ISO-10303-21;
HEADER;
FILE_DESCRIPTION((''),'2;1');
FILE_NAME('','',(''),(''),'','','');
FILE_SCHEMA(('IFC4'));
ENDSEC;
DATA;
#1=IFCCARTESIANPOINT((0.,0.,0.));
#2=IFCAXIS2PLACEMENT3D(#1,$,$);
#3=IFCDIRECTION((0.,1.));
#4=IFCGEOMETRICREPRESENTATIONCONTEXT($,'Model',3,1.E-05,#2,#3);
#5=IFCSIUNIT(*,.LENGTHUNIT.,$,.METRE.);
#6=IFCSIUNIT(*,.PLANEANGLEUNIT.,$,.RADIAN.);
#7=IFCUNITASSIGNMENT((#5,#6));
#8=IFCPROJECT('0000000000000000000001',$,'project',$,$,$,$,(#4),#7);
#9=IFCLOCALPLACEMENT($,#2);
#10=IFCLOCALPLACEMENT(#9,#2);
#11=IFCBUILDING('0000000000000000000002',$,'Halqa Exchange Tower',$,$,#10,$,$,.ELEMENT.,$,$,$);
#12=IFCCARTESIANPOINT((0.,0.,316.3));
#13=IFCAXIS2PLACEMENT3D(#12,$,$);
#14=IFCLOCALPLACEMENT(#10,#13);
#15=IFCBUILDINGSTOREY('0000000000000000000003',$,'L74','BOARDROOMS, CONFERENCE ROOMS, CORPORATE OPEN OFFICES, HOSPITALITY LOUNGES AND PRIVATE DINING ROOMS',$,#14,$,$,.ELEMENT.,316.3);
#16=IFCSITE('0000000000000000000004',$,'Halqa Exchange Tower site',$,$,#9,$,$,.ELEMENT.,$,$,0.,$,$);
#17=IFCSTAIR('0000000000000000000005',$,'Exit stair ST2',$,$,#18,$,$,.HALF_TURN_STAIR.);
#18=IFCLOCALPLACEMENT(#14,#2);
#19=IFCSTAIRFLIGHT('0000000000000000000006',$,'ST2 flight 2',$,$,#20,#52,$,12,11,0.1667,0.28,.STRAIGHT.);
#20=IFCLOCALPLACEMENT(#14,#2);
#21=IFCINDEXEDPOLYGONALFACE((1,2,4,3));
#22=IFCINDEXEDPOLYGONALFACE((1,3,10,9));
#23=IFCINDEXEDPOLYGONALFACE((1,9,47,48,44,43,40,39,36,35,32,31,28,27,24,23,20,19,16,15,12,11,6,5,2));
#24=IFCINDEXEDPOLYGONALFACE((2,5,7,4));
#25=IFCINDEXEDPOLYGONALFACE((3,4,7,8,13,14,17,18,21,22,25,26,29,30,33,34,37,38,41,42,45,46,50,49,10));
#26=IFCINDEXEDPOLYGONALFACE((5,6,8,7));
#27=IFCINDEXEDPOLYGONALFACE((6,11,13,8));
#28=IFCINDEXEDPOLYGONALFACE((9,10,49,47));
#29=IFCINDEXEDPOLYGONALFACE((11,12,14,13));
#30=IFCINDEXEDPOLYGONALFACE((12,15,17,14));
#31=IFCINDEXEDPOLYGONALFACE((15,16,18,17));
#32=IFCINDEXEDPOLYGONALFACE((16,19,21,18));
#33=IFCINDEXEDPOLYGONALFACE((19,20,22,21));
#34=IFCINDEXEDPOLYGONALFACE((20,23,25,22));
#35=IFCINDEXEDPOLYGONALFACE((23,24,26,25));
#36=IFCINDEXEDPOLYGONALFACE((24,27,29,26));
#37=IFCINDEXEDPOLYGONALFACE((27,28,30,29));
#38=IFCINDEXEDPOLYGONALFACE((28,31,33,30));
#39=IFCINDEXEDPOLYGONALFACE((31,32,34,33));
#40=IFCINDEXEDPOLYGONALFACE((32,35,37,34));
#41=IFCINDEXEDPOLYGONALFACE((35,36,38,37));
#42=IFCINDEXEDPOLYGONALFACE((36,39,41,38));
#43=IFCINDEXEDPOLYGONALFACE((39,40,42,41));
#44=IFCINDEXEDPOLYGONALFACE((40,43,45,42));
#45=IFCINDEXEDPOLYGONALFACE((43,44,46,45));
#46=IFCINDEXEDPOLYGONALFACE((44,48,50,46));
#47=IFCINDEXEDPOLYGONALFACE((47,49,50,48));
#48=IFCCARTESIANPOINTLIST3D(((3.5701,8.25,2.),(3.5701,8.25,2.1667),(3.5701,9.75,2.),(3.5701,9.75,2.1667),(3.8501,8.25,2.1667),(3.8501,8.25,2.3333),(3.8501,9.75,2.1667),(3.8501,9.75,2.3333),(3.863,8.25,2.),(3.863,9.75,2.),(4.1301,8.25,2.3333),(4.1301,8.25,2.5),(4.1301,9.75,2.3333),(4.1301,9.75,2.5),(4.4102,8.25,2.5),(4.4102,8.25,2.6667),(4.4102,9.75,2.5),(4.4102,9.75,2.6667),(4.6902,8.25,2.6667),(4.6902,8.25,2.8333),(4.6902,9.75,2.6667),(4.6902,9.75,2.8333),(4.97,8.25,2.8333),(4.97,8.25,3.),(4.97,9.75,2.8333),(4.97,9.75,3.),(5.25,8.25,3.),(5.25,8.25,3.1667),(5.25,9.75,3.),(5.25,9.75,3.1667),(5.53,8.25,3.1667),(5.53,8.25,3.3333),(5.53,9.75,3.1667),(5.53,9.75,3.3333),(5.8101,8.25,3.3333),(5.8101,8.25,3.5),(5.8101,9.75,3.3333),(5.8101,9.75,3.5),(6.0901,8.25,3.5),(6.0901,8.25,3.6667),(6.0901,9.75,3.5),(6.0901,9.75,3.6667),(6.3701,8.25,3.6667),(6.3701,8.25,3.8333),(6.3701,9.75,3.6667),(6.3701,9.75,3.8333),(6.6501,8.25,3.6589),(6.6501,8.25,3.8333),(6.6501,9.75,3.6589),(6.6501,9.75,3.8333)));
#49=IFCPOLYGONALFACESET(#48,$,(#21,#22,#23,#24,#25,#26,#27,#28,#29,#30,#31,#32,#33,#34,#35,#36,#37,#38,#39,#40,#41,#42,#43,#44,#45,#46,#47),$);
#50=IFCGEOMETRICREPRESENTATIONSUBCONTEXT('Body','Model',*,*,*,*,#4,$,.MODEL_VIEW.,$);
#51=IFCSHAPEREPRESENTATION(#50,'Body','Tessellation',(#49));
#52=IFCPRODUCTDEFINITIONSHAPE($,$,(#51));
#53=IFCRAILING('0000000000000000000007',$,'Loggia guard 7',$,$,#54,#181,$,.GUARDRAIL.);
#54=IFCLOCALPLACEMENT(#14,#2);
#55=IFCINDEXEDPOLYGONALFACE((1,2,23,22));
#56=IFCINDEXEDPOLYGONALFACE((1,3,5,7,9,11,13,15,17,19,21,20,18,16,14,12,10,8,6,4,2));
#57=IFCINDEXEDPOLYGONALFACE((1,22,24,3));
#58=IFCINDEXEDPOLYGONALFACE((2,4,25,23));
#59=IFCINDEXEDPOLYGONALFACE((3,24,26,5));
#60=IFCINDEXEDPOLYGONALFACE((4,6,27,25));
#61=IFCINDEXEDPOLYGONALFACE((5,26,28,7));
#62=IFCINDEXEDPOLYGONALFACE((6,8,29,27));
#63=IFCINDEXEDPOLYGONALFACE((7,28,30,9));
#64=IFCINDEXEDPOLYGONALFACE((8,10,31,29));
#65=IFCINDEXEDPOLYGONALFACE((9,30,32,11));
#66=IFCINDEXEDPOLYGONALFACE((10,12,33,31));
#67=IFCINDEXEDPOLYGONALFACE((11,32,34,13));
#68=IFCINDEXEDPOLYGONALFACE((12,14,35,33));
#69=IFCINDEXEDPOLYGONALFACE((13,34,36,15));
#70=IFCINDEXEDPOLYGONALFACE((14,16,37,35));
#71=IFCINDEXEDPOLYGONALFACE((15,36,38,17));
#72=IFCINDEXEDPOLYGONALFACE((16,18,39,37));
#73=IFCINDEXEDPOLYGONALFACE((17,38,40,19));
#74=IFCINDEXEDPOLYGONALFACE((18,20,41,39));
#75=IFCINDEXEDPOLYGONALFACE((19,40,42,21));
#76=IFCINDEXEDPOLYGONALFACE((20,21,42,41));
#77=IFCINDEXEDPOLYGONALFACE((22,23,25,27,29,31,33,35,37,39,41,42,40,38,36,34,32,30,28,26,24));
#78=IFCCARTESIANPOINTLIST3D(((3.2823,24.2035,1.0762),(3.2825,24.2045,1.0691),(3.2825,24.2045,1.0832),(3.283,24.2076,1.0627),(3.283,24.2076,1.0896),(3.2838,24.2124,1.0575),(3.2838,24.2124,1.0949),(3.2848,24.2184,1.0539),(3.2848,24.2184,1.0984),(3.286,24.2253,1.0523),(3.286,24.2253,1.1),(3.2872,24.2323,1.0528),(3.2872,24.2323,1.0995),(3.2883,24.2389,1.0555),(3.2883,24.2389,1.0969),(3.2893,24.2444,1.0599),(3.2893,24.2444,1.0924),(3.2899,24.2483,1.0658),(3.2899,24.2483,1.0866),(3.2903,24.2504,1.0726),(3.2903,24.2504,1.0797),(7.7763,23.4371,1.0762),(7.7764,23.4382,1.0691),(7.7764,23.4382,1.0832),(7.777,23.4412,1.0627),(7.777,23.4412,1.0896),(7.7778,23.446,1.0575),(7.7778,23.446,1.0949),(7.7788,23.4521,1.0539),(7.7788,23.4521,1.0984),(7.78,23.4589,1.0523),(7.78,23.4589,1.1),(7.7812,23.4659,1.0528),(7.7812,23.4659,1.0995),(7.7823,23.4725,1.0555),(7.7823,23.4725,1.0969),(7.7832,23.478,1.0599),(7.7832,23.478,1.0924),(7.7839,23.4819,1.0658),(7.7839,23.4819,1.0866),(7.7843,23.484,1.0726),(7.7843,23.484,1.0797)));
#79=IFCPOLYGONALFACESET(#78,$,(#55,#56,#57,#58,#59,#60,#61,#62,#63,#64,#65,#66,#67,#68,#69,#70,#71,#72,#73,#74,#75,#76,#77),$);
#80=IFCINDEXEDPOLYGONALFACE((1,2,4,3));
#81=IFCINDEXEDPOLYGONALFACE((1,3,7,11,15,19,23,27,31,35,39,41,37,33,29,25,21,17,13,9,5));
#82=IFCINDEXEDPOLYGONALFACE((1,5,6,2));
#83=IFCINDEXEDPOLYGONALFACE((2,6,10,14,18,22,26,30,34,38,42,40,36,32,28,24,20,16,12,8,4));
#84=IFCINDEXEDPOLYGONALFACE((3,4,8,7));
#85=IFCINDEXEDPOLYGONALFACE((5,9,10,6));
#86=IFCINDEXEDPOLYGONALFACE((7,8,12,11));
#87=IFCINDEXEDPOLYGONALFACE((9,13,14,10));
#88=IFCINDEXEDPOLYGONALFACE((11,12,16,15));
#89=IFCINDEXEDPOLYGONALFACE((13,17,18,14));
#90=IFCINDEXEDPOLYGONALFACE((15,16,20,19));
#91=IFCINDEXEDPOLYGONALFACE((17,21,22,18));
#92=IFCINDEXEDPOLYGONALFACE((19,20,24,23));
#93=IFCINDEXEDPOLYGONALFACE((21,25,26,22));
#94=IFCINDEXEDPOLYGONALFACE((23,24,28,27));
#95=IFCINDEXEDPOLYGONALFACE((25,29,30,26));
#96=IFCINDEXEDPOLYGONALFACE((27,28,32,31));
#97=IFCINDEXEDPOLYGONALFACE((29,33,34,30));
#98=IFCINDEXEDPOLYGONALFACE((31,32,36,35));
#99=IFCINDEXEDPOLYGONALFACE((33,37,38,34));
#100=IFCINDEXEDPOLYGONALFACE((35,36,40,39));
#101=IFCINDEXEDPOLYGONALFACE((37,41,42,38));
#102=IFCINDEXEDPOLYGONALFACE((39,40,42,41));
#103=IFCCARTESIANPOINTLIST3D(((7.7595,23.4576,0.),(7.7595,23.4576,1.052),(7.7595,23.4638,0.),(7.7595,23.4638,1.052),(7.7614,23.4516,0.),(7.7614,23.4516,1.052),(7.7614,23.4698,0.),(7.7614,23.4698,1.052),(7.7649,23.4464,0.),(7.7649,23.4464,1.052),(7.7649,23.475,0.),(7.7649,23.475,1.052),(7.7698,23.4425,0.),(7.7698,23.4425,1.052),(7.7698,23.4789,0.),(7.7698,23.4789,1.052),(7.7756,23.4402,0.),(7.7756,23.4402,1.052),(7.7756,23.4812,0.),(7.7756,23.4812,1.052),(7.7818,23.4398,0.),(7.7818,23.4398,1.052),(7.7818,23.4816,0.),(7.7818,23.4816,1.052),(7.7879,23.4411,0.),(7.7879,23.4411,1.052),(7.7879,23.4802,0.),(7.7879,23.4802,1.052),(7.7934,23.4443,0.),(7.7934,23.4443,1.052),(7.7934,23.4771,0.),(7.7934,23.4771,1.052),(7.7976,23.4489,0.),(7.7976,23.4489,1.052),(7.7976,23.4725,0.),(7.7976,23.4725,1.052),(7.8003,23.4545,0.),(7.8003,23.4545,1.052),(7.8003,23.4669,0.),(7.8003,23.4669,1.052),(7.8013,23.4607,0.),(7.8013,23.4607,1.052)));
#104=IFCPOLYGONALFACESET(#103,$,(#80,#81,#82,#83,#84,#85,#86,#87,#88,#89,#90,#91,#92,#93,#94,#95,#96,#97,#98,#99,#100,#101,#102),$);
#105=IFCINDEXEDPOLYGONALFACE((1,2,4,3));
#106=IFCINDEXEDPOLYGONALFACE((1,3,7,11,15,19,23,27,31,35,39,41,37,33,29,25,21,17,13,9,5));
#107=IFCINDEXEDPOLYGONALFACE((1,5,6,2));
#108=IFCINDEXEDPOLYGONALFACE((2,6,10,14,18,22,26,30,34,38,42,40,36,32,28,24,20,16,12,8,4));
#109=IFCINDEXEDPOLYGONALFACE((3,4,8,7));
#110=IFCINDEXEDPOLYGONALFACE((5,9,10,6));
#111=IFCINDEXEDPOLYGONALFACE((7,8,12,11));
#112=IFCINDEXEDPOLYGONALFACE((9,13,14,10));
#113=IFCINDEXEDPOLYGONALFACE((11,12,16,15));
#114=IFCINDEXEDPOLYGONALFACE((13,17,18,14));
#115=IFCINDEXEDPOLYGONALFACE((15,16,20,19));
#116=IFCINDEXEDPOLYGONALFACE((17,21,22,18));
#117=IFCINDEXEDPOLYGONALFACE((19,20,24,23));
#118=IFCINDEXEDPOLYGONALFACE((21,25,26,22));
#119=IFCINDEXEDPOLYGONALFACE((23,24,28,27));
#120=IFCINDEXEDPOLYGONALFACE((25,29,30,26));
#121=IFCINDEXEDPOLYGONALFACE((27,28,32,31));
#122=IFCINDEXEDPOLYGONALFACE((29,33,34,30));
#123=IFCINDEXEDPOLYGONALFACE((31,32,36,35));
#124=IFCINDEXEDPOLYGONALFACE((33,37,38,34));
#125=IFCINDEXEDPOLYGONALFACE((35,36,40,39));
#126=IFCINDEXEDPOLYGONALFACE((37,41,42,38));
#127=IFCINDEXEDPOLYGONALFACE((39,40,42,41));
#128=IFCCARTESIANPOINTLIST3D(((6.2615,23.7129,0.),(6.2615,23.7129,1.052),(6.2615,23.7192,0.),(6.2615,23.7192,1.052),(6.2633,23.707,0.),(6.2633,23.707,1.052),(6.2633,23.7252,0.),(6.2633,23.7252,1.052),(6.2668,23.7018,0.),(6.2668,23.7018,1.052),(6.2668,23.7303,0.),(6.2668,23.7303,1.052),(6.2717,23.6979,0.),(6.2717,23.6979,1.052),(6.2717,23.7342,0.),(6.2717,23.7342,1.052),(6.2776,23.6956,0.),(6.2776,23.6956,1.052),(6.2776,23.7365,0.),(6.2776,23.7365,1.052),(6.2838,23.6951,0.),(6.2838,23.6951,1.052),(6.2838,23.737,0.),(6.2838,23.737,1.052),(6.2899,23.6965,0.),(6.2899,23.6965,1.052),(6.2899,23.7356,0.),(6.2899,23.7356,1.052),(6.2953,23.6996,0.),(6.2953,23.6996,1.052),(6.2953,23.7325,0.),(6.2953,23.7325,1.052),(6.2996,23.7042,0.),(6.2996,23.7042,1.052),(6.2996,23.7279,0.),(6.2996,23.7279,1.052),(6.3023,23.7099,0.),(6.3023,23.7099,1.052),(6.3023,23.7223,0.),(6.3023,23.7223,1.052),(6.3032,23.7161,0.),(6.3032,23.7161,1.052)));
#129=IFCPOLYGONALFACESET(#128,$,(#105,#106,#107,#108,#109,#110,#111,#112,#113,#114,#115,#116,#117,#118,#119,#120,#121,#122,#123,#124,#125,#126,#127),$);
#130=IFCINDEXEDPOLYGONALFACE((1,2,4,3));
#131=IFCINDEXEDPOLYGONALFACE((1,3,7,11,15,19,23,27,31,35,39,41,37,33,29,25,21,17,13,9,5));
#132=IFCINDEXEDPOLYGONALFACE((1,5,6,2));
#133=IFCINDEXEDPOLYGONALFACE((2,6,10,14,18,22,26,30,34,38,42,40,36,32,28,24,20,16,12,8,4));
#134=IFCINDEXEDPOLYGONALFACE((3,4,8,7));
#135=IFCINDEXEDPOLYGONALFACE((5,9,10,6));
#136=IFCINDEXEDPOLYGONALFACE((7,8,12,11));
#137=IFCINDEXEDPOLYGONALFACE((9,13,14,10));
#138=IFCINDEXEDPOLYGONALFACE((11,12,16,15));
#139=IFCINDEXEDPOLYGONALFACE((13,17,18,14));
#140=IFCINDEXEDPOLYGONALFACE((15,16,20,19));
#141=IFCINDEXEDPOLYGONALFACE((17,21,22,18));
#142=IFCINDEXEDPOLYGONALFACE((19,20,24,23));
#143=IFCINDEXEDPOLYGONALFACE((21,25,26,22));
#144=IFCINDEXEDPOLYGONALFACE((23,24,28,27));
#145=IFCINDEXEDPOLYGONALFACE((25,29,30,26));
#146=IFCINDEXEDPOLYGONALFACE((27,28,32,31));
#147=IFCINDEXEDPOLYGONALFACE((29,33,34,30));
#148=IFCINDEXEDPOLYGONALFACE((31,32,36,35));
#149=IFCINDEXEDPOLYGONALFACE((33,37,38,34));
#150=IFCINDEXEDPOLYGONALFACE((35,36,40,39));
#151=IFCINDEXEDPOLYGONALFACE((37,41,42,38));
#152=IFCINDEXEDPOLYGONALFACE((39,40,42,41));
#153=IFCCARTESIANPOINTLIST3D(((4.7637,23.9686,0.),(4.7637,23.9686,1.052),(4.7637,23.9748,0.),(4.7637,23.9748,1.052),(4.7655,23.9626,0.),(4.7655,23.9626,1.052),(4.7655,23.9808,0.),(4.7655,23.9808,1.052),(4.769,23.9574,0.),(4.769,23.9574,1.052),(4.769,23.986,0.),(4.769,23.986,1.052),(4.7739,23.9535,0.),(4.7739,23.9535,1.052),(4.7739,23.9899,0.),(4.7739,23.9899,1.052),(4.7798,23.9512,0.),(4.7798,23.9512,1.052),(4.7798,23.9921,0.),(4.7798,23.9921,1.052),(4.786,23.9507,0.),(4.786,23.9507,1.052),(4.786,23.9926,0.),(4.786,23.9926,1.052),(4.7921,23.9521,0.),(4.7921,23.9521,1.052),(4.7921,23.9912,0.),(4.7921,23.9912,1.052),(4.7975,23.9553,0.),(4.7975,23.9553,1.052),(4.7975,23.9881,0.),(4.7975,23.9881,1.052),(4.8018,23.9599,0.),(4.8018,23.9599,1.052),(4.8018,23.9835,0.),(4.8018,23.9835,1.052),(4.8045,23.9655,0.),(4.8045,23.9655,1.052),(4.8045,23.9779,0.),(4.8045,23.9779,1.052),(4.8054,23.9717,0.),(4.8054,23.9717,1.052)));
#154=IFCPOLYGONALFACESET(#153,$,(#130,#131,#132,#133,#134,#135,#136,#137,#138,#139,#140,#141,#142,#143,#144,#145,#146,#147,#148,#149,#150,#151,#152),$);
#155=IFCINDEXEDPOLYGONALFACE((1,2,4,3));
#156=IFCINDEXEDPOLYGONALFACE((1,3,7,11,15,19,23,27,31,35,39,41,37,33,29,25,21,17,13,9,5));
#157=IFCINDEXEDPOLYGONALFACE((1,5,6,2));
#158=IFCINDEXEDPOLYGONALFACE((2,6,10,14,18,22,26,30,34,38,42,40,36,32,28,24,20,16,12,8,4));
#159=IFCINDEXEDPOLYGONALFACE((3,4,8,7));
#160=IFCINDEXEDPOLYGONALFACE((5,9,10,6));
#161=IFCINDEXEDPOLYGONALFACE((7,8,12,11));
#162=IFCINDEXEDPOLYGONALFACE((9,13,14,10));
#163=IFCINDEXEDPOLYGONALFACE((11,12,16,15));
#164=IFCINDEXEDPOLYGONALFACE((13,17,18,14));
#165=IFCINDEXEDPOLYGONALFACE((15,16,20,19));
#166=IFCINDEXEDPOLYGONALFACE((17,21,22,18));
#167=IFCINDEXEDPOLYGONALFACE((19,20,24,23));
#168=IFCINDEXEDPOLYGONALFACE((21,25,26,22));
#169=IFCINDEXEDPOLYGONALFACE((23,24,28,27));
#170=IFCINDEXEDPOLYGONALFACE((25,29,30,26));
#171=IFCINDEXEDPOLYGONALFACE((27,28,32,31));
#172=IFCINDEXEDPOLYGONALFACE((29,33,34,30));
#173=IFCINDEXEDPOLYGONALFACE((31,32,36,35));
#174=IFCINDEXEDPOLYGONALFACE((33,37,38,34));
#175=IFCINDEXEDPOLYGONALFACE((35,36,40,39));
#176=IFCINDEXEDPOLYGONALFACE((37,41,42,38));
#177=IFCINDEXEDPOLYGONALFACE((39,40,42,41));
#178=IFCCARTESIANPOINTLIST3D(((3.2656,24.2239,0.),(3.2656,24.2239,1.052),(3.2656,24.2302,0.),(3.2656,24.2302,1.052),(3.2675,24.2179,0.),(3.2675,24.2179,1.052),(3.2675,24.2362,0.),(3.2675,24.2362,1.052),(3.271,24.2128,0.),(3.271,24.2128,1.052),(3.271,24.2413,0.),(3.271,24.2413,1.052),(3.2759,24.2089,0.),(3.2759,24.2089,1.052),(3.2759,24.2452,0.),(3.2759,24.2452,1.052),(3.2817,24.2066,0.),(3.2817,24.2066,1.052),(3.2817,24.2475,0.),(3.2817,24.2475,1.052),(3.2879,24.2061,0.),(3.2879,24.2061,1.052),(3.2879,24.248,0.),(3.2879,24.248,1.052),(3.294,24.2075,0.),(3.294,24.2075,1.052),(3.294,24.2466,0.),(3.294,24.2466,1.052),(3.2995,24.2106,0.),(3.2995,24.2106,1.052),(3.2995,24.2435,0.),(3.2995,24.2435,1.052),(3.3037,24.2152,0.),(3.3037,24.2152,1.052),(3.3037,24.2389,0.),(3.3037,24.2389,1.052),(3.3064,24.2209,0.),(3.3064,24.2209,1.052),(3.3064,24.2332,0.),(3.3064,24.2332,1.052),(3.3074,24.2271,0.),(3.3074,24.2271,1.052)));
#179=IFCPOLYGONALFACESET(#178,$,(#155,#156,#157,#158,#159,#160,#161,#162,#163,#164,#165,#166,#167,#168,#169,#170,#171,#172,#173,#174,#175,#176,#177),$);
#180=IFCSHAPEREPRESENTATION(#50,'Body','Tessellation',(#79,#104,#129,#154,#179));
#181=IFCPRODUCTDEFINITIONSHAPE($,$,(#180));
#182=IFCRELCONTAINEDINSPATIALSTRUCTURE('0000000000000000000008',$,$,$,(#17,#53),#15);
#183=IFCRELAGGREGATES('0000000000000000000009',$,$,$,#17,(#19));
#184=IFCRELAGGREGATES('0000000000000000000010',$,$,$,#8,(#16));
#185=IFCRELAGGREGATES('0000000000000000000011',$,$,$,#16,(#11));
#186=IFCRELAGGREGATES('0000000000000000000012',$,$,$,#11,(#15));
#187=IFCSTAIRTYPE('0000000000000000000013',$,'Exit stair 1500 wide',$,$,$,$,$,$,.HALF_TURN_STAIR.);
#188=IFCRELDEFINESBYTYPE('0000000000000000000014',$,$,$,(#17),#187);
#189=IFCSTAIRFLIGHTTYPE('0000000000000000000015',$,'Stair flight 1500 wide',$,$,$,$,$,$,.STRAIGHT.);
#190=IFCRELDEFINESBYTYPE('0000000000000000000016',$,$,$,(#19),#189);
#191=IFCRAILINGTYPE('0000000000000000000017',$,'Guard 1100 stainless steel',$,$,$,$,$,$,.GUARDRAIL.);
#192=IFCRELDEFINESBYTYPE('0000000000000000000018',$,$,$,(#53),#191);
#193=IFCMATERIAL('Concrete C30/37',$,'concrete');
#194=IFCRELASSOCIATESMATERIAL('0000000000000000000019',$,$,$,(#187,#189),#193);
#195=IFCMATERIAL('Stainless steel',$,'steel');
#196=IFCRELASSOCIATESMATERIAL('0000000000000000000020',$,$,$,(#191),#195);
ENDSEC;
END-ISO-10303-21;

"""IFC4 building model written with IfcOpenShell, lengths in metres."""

from ifc_helpers import new_model, si_unit, direction, frame, origin, origin_2d, place, context, subcontext, project, spatial, polyline, circle, outline, extrude, material, type_object, element, aggregate, save


model = new_model("IFC4")

# Units and contexts
model_context = context("Model", 3, precision=1e-05, world=origin(), true_north=direction((0.0, 1.0)))
body_context = subcontext(model_context, "Body", "Model", "MODEL_VIEW")
ifc_project = project(units=[si_unit("LENGTHUNIT", "METRE"), si_unit("PLANEANGLEUNIT", "RADIAN")], contexts=[model_context])

# Site, building, storey
site_placement = place(None, origin())
site = spatial("IfcSite", under=ifc_project, at=site_placement, Name="Halqa Exchange Tower site", CompositionType="ELEMENT", RefElevation=0.0)
building_placement = place(site_placement, origin())
building = spatial("IfcBuilding", under=site, at=building_placement, Name="Halqa Exchange Tower", CompositionType="ELEMENT")
storey_placement = place(building_placement, frame((0.0, 0.0, 316.3)))
storey = spatial("IfcBuildingStorey", under=building, at=storey_placement, Name="L74", Description="BOARDROOMS, CONFERENCE ROOMS, CORPORATE OPEN OFFICES, HOSPITALITY LOUNGES AND PRIVATE DINING ROOMS", CompositionType="ELEMENT", Elevation=316.3)

# Stair
ifc_material_1 = material(Name="Concrete C30/37", Category="concrete")
stair_type = type_object("IfcStairType", Name="Exit stair 1500 wide", PredefinedType="HALF_TURN_STAIR", material=ifc_material_1)
stair_1_placement = place(storey_placement, origin())
stair_1 = element("IfcStair", 1, at=stair_1_placement, inside=storey, type_object=stair_type, Name="Exit stair ST2", PredefinedType="HALF_TURN_STAIR")

# Stair flight
stair_flight_type = type_object("IfcStairFlightType", Name="Stair flight 1500 wide", PredefinedType="STRAIGHT", material=ifc_material_1)
stair_flight_1_placement = place(storey_placement, frame((3.5701, 9.0, 2.0), z_axis=(0.0, 0.0, 1.0), x_axis=(1.0, 0.0, 0.0)))
stair_flight_1 = element("IfcStairFlight", 2, at=stair_flight_1_placement, type_object=stair_flight_type, Name="ST2 flight 2", NumberOfRisers=12, NumberOfTreads=11, PredefinedType="STRAIGHT", RiserHeight=0.1667, TreadLength=0.28, context=body_context, shape_type="SweptSolid", body=[
    extrude(outline(polyline([(0.0, 0.0), (0.0, 0.1667), (0.28, 0.1667), (0.28, 0.3333), (0.5601, 0.3333), (0.5601, 0.5), (0.8401, 0.5), (0.8401, 0.6667), (1.1201, 0.6667), (1.1201, 0.8333), (1.3999, 0.8333), (1.3999, 1.0), (1.6799, 1.0), (1.6799, 1.1667), (1.96, 1.1667), (1.96, 1.3333), (2.24, 1.3333), (2.24, 1.5), (2.52, 1.5), (2.52, 1.6667), (2.8, 1.6667), (2.8, 1.8333), (3.0801, 1.8333), (3.0801, 2.0), (3.0801, 1.6589), (0.293, 0.0), (0.0, 0.0)])), frame((0.0, 0.75, 0.0), z_axis=(0.0, -1.0, 0.0), x_axis=(1.0, 0.0, 0.0)), (0.0, 0.0, 1.0), 1.5),
])
aggregate(stair_1, [stair_flight_1])

# Railing
ifc_material_2 = material(Name="Stainless steel", Category="steel")
railing_type_1 = type_object("IfcRailingType", Name="Guard 1100 stainless steel", PredefinedType="GUARDRAIL", material=ifc_material_2)
railing_1_placement = place(storey_placement, frame((7.7803, 23.4607, 0.0)))
element("IfcRailing", 3, at=railing_1_placement, inside=storey, type_object=railing_type_1, Name="Loggia guard 7", PredefinedType="GUARDRAIL", context=body_context, shape_type="SweptSolid", body=[
    extrude(circle(Radius=0.0239, at=origin_2d()), frame((0.0, 0.0, 1.0762), z_axis=(-0.985769, 0.168106, 0.0), x_axis=(-0.168106, -0.985769, 0.0)), (0.0, 0.0, 1.0), 4.5588),
    extrude(circle(Radius=0.021, at=origin_2d()), origin(), (0.0, 0.0, 1.0), 1.052),
    extrude(circle(Radius=0.021, at=origin_2d()), frame((-1.498, 0.2554, 0.0)), (0.0, 0.0, 1.0), 1.052),
    extrude(circle(Radius=0.021, at=origin_2d()), frame((-2.9958, 0.511, 0.0)), (0.0, 0.0, 1.0), 1.052),
    extrude(circle(Radius=0.021, at=origin_2d()), frame((-4.4939, 0.7664, 0.0)), (0.0, 0.0, 1.0), 1.052),
])

save(model, "model.ifc")
